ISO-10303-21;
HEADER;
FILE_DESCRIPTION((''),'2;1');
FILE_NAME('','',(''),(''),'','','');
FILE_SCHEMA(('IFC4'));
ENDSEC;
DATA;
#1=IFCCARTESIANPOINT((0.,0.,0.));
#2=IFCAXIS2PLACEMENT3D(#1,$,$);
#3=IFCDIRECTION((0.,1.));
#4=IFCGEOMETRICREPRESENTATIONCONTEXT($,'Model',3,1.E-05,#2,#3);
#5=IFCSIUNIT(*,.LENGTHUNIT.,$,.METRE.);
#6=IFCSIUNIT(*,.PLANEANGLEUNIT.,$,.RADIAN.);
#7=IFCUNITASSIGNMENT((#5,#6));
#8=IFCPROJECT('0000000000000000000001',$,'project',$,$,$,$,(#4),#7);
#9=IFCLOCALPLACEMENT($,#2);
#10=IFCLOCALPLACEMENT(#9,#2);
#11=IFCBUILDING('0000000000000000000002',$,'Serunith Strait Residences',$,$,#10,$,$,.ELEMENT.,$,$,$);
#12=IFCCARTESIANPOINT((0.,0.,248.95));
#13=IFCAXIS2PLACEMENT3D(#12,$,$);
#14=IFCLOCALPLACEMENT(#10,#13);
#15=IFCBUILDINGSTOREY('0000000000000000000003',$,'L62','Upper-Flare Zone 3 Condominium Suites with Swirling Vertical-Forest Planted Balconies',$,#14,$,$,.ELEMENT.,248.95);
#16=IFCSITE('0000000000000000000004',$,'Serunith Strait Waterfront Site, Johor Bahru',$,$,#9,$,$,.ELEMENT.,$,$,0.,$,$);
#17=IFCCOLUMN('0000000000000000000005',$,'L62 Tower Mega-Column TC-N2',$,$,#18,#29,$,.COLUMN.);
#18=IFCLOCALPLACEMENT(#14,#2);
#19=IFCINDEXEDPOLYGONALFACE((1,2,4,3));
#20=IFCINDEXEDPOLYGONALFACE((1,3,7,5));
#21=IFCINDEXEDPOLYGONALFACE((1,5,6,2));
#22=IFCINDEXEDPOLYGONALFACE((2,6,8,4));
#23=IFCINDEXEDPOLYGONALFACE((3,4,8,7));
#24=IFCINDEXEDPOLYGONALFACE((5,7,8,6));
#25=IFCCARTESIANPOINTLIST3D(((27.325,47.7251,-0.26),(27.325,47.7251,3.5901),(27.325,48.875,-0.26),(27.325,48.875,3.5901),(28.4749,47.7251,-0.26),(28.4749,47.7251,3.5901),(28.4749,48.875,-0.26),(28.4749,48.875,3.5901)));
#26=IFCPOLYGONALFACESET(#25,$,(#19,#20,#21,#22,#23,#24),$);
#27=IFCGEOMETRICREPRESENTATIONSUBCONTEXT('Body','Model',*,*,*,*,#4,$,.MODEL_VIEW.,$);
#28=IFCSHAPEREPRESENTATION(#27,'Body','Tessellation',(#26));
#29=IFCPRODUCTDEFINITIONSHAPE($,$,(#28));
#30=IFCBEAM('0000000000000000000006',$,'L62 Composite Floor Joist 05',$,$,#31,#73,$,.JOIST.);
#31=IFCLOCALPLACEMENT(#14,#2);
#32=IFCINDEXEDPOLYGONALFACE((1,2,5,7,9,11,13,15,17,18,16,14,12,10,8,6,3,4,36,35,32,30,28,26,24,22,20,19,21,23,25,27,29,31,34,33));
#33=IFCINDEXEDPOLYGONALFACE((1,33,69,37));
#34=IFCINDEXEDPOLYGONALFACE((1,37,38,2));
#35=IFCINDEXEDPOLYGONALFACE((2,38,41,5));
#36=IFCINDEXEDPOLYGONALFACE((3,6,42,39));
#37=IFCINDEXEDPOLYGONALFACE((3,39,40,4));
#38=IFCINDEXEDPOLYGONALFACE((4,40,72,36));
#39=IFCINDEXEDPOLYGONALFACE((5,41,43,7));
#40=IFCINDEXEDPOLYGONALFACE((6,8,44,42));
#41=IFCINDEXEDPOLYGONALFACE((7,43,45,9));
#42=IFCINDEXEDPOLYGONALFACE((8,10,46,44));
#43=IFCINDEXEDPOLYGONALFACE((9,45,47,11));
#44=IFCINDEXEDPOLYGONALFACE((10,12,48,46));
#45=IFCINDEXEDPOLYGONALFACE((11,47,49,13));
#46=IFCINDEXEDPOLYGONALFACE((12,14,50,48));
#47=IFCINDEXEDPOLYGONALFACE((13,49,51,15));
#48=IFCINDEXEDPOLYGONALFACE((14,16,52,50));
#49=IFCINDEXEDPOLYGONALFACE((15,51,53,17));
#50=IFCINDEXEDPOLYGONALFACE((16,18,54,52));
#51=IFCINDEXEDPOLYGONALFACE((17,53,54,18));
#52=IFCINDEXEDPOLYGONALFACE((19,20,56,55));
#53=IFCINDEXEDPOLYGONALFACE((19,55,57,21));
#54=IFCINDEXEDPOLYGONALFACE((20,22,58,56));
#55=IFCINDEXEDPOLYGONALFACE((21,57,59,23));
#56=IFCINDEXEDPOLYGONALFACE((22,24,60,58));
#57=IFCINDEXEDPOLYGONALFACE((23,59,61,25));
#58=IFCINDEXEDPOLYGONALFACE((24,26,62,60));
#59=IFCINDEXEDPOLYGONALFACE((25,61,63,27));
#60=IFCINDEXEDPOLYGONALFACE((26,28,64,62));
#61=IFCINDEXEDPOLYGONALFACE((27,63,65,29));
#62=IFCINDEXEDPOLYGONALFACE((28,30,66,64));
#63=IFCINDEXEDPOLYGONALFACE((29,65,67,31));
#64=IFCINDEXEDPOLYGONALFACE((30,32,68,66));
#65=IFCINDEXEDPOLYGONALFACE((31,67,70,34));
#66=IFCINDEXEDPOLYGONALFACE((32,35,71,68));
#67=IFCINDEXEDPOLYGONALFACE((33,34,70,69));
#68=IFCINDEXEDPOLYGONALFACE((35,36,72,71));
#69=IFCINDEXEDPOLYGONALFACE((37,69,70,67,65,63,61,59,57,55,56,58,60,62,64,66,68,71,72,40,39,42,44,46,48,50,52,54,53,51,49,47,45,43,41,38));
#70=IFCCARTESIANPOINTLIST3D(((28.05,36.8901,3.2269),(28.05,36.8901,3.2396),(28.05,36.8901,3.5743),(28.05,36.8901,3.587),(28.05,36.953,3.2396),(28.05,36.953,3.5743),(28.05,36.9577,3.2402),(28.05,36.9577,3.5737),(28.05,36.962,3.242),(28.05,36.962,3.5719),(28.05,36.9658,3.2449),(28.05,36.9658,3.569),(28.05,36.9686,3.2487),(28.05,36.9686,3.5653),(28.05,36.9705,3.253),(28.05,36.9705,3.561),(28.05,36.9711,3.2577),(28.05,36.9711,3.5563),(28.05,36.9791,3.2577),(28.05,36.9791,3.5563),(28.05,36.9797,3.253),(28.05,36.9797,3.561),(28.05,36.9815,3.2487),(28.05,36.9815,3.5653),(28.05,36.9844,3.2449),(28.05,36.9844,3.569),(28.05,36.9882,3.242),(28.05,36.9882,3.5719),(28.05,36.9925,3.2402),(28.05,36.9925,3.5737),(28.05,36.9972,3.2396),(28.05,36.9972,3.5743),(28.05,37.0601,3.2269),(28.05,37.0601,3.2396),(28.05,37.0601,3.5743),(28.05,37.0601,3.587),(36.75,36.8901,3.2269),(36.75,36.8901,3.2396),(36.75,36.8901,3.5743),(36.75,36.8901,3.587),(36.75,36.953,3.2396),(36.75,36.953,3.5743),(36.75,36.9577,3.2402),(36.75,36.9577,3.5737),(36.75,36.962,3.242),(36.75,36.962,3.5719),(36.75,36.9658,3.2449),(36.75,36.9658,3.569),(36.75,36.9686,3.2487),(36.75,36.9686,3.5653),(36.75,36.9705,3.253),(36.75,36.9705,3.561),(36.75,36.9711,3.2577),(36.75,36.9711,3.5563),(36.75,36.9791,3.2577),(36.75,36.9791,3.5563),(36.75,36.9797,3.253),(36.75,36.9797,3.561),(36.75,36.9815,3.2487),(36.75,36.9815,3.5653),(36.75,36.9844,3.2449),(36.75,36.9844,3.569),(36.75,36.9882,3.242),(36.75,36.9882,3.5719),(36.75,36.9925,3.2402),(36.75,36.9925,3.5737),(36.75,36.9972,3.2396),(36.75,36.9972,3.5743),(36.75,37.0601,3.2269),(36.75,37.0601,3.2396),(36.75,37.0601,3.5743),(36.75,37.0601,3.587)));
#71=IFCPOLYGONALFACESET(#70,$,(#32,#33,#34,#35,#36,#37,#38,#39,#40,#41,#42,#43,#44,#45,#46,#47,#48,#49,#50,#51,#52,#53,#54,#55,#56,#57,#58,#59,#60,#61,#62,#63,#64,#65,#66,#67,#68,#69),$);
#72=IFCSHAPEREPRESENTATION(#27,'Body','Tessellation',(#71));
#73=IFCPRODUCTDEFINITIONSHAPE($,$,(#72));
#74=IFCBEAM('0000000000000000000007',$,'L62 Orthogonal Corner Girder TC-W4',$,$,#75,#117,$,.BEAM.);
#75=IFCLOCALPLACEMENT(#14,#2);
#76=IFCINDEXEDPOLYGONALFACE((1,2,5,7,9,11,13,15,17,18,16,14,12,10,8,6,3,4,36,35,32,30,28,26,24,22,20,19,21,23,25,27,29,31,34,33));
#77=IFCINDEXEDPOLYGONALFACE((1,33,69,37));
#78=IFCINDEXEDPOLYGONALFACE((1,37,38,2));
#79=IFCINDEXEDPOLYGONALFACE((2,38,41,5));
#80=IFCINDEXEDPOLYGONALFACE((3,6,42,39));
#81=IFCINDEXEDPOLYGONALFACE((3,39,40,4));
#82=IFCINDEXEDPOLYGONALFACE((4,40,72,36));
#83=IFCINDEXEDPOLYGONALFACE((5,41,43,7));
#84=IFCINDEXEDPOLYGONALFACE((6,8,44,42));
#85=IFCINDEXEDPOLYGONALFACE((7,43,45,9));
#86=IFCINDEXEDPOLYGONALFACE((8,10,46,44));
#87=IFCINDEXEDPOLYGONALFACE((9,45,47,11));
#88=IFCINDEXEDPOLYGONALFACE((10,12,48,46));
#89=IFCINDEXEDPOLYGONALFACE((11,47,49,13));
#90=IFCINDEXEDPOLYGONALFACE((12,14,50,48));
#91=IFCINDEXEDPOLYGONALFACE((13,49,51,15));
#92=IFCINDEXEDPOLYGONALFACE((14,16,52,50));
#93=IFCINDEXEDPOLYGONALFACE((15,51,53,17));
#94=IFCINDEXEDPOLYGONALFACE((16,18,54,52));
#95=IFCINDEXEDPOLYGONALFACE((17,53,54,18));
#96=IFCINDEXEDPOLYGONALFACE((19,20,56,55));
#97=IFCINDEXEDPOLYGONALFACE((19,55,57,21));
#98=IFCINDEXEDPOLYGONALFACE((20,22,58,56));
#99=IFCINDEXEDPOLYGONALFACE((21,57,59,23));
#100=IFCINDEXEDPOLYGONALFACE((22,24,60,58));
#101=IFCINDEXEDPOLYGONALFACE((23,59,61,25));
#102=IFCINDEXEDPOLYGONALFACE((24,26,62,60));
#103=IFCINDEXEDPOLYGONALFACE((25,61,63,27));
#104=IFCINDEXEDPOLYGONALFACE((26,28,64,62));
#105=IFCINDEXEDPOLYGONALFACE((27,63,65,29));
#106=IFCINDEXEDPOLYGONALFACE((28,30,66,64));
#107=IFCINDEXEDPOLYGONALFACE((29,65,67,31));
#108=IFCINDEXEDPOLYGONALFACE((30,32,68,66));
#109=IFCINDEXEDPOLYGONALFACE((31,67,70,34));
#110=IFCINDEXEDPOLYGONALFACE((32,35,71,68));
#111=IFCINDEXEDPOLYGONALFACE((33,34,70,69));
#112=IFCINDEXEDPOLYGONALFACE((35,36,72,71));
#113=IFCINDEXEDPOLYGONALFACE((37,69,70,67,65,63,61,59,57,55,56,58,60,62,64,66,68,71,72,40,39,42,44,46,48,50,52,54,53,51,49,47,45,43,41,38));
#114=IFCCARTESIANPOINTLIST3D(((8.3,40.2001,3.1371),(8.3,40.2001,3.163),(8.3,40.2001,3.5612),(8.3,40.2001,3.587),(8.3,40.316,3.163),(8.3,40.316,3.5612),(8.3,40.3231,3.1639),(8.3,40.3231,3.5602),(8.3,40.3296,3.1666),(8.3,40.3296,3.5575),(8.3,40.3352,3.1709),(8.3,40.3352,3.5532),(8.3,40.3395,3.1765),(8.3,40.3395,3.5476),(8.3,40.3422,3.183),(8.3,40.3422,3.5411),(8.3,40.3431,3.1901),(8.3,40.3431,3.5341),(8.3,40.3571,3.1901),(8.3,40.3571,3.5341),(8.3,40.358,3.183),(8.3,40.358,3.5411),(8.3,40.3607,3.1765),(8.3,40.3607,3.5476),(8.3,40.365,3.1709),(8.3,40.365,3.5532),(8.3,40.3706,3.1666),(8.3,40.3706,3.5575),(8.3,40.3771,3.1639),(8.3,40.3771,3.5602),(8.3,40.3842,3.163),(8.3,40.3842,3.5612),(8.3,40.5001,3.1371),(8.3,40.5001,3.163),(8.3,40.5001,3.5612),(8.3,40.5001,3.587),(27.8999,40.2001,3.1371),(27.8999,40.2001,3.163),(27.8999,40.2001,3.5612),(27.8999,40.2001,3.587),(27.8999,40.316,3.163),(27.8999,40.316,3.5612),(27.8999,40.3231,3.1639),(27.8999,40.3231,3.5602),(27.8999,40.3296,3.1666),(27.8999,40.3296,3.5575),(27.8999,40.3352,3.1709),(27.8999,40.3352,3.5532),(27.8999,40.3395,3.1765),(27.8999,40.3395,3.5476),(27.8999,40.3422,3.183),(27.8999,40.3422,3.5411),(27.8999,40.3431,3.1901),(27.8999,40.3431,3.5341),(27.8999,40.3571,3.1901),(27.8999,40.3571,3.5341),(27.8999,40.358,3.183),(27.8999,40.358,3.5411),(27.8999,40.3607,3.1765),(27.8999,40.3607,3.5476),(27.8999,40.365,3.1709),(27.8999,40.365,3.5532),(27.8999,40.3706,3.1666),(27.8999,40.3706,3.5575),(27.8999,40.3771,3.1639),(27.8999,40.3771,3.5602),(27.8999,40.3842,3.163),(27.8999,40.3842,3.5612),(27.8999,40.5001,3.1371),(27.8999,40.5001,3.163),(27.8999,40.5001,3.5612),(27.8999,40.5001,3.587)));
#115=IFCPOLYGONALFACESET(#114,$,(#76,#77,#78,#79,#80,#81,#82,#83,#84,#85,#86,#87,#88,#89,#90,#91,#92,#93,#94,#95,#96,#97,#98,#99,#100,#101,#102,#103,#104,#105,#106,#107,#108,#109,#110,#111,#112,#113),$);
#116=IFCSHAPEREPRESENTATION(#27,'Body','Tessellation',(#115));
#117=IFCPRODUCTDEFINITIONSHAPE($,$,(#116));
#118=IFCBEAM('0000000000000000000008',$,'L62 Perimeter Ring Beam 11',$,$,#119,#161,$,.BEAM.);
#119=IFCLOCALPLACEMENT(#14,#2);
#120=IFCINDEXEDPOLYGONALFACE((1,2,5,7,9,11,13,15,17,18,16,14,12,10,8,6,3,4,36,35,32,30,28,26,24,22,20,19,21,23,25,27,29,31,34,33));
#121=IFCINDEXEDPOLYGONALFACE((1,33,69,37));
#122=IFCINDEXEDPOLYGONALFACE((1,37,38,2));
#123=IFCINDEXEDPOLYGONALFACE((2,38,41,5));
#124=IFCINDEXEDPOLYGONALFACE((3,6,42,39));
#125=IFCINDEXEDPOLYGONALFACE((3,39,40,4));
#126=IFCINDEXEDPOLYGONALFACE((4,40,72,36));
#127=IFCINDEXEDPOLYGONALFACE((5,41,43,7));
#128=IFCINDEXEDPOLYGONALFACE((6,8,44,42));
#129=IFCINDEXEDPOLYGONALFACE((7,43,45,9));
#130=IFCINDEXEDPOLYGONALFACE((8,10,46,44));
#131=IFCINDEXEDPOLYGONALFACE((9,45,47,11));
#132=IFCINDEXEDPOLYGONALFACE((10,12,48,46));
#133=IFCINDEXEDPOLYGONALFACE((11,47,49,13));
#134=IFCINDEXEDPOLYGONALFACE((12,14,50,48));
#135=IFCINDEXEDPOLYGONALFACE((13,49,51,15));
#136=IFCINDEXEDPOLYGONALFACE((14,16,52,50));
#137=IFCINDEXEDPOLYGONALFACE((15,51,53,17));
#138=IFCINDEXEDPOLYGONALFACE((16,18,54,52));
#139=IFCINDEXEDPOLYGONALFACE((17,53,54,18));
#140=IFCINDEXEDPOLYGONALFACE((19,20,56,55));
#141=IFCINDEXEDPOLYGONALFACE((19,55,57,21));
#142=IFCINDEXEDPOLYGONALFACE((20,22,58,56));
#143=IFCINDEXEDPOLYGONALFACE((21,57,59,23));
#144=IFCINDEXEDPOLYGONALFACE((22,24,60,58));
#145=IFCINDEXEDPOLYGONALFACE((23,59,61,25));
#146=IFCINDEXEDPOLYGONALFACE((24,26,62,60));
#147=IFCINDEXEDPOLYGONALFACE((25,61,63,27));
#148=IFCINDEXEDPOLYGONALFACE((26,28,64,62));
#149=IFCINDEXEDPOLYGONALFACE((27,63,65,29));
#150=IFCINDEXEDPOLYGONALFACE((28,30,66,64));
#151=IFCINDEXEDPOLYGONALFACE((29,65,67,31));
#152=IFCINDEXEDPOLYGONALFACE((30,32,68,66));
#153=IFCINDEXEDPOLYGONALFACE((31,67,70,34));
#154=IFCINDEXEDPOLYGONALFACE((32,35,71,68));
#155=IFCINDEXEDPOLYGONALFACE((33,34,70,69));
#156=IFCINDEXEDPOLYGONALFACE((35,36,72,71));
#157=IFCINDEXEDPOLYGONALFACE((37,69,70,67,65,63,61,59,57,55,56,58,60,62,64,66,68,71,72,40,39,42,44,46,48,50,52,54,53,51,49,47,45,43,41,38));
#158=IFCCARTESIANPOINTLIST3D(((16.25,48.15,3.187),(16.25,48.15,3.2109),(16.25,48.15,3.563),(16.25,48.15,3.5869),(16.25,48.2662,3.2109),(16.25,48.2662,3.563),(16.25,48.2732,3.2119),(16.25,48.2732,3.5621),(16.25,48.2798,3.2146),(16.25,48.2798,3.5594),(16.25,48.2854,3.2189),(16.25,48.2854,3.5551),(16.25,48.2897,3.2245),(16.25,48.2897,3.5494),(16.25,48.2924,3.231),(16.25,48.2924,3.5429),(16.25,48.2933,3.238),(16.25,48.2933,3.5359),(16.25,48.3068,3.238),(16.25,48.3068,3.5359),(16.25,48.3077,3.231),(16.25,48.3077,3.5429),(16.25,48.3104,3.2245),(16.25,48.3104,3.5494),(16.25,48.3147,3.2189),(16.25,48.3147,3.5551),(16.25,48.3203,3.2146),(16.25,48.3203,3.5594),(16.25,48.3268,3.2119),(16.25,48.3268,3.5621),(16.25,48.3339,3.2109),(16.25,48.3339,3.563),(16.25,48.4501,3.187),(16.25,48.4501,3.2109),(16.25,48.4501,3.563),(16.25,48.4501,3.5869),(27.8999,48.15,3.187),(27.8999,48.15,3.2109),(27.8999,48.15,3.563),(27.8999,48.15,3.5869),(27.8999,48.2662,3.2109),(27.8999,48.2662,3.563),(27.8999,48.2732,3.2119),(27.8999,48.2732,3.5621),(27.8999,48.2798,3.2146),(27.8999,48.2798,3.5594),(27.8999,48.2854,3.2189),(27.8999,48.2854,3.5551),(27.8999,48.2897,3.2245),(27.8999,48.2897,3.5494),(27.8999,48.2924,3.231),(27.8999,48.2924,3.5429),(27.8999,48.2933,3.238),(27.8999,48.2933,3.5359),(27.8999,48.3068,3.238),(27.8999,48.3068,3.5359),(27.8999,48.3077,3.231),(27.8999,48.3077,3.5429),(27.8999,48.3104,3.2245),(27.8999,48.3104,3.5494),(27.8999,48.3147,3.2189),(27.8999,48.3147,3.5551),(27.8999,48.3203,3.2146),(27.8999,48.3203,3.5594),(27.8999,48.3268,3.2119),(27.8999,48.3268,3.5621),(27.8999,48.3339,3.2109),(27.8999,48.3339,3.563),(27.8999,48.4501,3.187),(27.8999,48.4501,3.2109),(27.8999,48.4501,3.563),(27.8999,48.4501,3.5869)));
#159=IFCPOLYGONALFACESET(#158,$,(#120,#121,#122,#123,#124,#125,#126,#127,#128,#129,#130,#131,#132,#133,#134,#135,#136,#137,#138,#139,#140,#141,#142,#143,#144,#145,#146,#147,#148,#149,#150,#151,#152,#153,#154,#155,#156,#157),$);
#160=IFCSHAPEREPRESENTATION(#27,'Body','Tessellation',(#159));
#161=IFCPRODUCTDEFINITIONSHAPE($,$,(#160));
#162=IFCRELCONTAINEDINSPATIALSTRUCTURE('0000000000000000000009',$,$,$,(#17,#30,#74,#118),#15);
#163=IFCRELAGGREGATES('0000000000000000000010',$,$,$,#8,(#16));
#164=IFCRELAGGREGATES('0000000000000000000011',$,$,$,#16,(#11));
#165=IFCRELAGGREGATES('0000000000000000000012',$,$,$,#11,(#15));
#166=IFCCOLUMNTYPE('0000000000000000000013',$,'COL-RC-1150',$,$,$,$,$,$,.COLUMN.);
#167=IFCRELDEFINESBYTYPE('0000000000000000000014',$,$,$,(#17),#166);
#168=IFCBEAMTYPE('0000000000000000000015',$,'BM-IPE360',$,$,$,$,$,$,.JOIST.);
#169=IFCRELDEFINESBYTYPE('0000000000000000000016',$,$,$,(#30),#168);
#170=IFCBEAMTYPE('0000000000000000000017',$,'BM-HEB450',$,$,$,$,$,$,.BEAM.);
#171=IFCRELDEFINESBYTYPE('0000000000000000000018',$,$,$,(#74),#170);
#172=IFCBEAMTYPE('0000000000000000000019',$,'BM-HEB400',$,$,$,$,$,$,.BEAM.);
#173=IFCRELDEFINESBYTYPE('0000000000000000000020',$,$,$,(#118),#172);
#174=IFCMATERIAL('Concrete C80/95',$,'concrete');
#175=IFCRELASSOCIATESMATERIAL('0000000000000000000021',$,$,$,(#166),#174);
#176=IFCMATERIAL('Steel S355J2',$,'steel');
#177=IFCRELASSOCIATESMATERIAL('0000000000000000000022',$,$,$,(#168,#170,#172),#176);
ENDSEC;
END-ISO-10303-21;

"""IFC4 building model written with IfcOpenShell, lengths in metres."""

from ifc_helpers import new_model, si_unit, direction, frame, origin, origin_2d, place, context, subcontext, project, spatial, rectangle, i_section, extrude, source, transform, mapped, material, material_profile, profile_set, type_object, element, save


model = new_model("IFC4")

# Units and contexts
model_context = context("Model", 3, precision=1e-05, world=origin(), true_north=direction((0.0, 1.0)))
body_context = subcontext(model_context, "Body", "Model", "MODEL_VIEW")
ifc_project = project(units=[si_unit("LENGTHUNIT", "METRE"), si_unit("PLANEANGLEUNIT", "RADIAN")], contexts=[model_context])

# Site, building, storey
site_placement = place(None, origin())
site = spatial("IfcSite", under=ifc_project, at=site_placement, Name="Serunith Strait Waterfront Site, Johor Bahru", CompositionType="ELEMENT", RefElevation=0.0)
building_placement = place(site_placement, origin())
building = spatial("IfcBuilding", under=site, at=building_placement, Name="Serunith Strait Residences", CompositionType="ELEMENT")
storey_placement = place(building_placement, frame((0.0, 0.0, 248.95)))
storey = spatial("IfcBuildingStorey", under=building, at=storey_placement, Name="L62", Description="Upper-Flare Zone 3 Condominium Suites with Swirling Vertical-Forest Planted Balconies", CompositionType="ELEMENT", Elevation=248.95)

# Column
ifc_material_1 = material(Name="Concrete C80/95", Category="concrete")
ifc_material_profile_1 = material_profile(ifc_material_1, rectangle(XDim=1.1499, YDim=1.1499, at=origin_2d()), Name="RC 1150x1150")
ifc_profile_set_1 = profile_set([ifc_material_profile_1], Name="Concrete C80/95")
column_type = type_object("IfcColumnType", Name="COL-RC-1150", PredefinedType="COLUMN", material=ifc_profile_set_1)
shared_shape_1 = source(origin(), body_context, "Body", "SweptSolid", [
    extrude(rectangle(XDim=1.1499, YDim=1.1499, at=origin_2d()), origin(), (0.0, 0.0, 1.0), 3.8501),
])
column_placement = place(storey_placement, frame((27.8999, 48.3, -0.26), z_axis=(0.0, 0.0, 1.0), x_axis=(1.0, 0.0, 0.0)))
element("IfcColumn", 1, at=column_placement, inside=storey, type_object=column_type, Name="L62 Tower Mega-Column TC-N2", PredefinedType="COLUMN", context=body_context, shape_type="MappedRepresentation", body=[
    mapped(shared_shape_1, transform((0.0, 0.0, 0.0), scale=1.0)),
])

# Beams
ifc_material_2 = material(Name="Steel S355J2", Category="steel")
ifc_material_profile_2 = material_profile(ifc_material_2, i_section(OverallWidth=0.1699, OverallDepth=0.3601, WebThickness=0.0081, FlangeThickness=0.0127, FilletRadius=0.0181, at=origin_2d()), Name="IPE 360")
ifc_profile_set_2 = profile_set([ifc_material_profile_2], Name="Steel S355J2")
beam_type_1 = type_object("IfcBeamType", Name="BM-IPE360", PredefinedType="JOIST", material=ifc_profile_set_2)
shared_shape_2 = source(origin(), body_context, "Body", "SweptSolid", [
    extrude(i_section(OverallWidth=0.1699, OverallDepth=0.3601, WebThickness=0.0081, FlangeThickness=0.0127, FilletRadius=0.0181, at=origin_2d()), origin(), (0.0, 0.0, 1.0), 8.7),
])
beam_1_placement = place(storey_placement, frame((28.05, 36.9751, 3.407), z_axis=(1.0, 0.0, 0.0), x_axis=(0.0, 1.0, 0.0)))
element("IfcBeam", 2, at=beam_1_placement, inside=storey, type_object=beam_type_1, Name="L62 Composite Floor Joist 05", PredefinedType="JOIST", context=body_context, shape_type="MappedRepresentation", body=[
    mapped(shared_shape_2, transform((0.0, 0.0, 0.0), scale=1.0)),
])
ifc_material_profile_3 = material_profile(ifc_material_2, i_section(OverallWidth=0.3, OverallDepth=0.45, WebThickness=0.0139, FlangeThickness=0.0259, FilletRadius=0.0271, at=origin_2d()), Name="HEB 450")
ifc_profile_set_3 = profile_set([ifc_material_profile_3], Name="Steel S355J2")
beam_type_2 = type_object("IfcBeamType", Name="BM-HEB450", PredefinedType="BEAM", material=ifc_profile_set_3)
shared_shape_3 = source(origin(), body_context, "Body", "SweptSolid", [
    extrude(i_section(OverallWidth=0.3, OverallDepth=0.45, WebThickness=0.0139, FlangeThickness=0.0259, FilletRadius=0.0271, at=origin_2d()), origin(), (0.0, 0.0, 1.0), 19.5999),
])
beam_2_placement = place(storey_placement, frame((27.8999, 40.3501, 3.3621), z_axis=(-1.0, 0.0, 0.0), x_axis=(0.0, -1.0, 0.0)))
element("IfcBeam", 3, at=beam_2_placement, inside=storey, type_object=beam_type_2, Name="L62 Orthogonal Corner Girder TC-W4", PredefinedType="BEAM", context=body_context, shape_type="MappedRepresentation", body=[
    mapped(shared_shape_3, transform((0.0, 0.0, 0.0), scale=1.0)),
])
ifc_material_profile_4 = material_profile(ifc_material_2, i_section(OverallWidth=0.3, OverallDepth=0.3999, WebThickness=0.0134, FlangeThickness=0.0239, FilletRadius=0.0271, at=origin_2d()), Name="HEB 400")
ifc_profile_set_4 = profile_set([ifc_material_profile_4], Name="Steel S355J2")
beam_type_3 = type_object("IfcBeamType", Name="BM-HEB400", PredefinedType="BEAM", material=ifc_profile_set_4)
shared_shape_4 = source(origin(), body_context, "Body", "SweptSolid", [
    extrude(i_section(OverallWidth=0.3, OverallDepth=0.3999, WebThickness=0.0134, FlangeThickness=0.0239, FilletRadius=0.0271, at=origin_2d()), origin(), (0.0, 0.0, 1.0), 11.6499),
])
beam_3_placement = place(storey_placement, frame((27.8999, 48.3, 3.387), z_axis=(-1.0, 0.0, 0.0), x_axis=(0.0, -1.0, 0.0)))
element("IfcBeam", 4, at=beam_3_placement, inside=storey, type_object=beam_type_3, Name="L62 Perimeter Ring Beam 11", PredefinedType="BEAM", context=body_context, shape_type="MappedRepresentation", body=[
    mapped(shared_shape_4, transform((0.0, 0.0, 0.0), scale=1.0)),
])

save(model, "model.ifc")
